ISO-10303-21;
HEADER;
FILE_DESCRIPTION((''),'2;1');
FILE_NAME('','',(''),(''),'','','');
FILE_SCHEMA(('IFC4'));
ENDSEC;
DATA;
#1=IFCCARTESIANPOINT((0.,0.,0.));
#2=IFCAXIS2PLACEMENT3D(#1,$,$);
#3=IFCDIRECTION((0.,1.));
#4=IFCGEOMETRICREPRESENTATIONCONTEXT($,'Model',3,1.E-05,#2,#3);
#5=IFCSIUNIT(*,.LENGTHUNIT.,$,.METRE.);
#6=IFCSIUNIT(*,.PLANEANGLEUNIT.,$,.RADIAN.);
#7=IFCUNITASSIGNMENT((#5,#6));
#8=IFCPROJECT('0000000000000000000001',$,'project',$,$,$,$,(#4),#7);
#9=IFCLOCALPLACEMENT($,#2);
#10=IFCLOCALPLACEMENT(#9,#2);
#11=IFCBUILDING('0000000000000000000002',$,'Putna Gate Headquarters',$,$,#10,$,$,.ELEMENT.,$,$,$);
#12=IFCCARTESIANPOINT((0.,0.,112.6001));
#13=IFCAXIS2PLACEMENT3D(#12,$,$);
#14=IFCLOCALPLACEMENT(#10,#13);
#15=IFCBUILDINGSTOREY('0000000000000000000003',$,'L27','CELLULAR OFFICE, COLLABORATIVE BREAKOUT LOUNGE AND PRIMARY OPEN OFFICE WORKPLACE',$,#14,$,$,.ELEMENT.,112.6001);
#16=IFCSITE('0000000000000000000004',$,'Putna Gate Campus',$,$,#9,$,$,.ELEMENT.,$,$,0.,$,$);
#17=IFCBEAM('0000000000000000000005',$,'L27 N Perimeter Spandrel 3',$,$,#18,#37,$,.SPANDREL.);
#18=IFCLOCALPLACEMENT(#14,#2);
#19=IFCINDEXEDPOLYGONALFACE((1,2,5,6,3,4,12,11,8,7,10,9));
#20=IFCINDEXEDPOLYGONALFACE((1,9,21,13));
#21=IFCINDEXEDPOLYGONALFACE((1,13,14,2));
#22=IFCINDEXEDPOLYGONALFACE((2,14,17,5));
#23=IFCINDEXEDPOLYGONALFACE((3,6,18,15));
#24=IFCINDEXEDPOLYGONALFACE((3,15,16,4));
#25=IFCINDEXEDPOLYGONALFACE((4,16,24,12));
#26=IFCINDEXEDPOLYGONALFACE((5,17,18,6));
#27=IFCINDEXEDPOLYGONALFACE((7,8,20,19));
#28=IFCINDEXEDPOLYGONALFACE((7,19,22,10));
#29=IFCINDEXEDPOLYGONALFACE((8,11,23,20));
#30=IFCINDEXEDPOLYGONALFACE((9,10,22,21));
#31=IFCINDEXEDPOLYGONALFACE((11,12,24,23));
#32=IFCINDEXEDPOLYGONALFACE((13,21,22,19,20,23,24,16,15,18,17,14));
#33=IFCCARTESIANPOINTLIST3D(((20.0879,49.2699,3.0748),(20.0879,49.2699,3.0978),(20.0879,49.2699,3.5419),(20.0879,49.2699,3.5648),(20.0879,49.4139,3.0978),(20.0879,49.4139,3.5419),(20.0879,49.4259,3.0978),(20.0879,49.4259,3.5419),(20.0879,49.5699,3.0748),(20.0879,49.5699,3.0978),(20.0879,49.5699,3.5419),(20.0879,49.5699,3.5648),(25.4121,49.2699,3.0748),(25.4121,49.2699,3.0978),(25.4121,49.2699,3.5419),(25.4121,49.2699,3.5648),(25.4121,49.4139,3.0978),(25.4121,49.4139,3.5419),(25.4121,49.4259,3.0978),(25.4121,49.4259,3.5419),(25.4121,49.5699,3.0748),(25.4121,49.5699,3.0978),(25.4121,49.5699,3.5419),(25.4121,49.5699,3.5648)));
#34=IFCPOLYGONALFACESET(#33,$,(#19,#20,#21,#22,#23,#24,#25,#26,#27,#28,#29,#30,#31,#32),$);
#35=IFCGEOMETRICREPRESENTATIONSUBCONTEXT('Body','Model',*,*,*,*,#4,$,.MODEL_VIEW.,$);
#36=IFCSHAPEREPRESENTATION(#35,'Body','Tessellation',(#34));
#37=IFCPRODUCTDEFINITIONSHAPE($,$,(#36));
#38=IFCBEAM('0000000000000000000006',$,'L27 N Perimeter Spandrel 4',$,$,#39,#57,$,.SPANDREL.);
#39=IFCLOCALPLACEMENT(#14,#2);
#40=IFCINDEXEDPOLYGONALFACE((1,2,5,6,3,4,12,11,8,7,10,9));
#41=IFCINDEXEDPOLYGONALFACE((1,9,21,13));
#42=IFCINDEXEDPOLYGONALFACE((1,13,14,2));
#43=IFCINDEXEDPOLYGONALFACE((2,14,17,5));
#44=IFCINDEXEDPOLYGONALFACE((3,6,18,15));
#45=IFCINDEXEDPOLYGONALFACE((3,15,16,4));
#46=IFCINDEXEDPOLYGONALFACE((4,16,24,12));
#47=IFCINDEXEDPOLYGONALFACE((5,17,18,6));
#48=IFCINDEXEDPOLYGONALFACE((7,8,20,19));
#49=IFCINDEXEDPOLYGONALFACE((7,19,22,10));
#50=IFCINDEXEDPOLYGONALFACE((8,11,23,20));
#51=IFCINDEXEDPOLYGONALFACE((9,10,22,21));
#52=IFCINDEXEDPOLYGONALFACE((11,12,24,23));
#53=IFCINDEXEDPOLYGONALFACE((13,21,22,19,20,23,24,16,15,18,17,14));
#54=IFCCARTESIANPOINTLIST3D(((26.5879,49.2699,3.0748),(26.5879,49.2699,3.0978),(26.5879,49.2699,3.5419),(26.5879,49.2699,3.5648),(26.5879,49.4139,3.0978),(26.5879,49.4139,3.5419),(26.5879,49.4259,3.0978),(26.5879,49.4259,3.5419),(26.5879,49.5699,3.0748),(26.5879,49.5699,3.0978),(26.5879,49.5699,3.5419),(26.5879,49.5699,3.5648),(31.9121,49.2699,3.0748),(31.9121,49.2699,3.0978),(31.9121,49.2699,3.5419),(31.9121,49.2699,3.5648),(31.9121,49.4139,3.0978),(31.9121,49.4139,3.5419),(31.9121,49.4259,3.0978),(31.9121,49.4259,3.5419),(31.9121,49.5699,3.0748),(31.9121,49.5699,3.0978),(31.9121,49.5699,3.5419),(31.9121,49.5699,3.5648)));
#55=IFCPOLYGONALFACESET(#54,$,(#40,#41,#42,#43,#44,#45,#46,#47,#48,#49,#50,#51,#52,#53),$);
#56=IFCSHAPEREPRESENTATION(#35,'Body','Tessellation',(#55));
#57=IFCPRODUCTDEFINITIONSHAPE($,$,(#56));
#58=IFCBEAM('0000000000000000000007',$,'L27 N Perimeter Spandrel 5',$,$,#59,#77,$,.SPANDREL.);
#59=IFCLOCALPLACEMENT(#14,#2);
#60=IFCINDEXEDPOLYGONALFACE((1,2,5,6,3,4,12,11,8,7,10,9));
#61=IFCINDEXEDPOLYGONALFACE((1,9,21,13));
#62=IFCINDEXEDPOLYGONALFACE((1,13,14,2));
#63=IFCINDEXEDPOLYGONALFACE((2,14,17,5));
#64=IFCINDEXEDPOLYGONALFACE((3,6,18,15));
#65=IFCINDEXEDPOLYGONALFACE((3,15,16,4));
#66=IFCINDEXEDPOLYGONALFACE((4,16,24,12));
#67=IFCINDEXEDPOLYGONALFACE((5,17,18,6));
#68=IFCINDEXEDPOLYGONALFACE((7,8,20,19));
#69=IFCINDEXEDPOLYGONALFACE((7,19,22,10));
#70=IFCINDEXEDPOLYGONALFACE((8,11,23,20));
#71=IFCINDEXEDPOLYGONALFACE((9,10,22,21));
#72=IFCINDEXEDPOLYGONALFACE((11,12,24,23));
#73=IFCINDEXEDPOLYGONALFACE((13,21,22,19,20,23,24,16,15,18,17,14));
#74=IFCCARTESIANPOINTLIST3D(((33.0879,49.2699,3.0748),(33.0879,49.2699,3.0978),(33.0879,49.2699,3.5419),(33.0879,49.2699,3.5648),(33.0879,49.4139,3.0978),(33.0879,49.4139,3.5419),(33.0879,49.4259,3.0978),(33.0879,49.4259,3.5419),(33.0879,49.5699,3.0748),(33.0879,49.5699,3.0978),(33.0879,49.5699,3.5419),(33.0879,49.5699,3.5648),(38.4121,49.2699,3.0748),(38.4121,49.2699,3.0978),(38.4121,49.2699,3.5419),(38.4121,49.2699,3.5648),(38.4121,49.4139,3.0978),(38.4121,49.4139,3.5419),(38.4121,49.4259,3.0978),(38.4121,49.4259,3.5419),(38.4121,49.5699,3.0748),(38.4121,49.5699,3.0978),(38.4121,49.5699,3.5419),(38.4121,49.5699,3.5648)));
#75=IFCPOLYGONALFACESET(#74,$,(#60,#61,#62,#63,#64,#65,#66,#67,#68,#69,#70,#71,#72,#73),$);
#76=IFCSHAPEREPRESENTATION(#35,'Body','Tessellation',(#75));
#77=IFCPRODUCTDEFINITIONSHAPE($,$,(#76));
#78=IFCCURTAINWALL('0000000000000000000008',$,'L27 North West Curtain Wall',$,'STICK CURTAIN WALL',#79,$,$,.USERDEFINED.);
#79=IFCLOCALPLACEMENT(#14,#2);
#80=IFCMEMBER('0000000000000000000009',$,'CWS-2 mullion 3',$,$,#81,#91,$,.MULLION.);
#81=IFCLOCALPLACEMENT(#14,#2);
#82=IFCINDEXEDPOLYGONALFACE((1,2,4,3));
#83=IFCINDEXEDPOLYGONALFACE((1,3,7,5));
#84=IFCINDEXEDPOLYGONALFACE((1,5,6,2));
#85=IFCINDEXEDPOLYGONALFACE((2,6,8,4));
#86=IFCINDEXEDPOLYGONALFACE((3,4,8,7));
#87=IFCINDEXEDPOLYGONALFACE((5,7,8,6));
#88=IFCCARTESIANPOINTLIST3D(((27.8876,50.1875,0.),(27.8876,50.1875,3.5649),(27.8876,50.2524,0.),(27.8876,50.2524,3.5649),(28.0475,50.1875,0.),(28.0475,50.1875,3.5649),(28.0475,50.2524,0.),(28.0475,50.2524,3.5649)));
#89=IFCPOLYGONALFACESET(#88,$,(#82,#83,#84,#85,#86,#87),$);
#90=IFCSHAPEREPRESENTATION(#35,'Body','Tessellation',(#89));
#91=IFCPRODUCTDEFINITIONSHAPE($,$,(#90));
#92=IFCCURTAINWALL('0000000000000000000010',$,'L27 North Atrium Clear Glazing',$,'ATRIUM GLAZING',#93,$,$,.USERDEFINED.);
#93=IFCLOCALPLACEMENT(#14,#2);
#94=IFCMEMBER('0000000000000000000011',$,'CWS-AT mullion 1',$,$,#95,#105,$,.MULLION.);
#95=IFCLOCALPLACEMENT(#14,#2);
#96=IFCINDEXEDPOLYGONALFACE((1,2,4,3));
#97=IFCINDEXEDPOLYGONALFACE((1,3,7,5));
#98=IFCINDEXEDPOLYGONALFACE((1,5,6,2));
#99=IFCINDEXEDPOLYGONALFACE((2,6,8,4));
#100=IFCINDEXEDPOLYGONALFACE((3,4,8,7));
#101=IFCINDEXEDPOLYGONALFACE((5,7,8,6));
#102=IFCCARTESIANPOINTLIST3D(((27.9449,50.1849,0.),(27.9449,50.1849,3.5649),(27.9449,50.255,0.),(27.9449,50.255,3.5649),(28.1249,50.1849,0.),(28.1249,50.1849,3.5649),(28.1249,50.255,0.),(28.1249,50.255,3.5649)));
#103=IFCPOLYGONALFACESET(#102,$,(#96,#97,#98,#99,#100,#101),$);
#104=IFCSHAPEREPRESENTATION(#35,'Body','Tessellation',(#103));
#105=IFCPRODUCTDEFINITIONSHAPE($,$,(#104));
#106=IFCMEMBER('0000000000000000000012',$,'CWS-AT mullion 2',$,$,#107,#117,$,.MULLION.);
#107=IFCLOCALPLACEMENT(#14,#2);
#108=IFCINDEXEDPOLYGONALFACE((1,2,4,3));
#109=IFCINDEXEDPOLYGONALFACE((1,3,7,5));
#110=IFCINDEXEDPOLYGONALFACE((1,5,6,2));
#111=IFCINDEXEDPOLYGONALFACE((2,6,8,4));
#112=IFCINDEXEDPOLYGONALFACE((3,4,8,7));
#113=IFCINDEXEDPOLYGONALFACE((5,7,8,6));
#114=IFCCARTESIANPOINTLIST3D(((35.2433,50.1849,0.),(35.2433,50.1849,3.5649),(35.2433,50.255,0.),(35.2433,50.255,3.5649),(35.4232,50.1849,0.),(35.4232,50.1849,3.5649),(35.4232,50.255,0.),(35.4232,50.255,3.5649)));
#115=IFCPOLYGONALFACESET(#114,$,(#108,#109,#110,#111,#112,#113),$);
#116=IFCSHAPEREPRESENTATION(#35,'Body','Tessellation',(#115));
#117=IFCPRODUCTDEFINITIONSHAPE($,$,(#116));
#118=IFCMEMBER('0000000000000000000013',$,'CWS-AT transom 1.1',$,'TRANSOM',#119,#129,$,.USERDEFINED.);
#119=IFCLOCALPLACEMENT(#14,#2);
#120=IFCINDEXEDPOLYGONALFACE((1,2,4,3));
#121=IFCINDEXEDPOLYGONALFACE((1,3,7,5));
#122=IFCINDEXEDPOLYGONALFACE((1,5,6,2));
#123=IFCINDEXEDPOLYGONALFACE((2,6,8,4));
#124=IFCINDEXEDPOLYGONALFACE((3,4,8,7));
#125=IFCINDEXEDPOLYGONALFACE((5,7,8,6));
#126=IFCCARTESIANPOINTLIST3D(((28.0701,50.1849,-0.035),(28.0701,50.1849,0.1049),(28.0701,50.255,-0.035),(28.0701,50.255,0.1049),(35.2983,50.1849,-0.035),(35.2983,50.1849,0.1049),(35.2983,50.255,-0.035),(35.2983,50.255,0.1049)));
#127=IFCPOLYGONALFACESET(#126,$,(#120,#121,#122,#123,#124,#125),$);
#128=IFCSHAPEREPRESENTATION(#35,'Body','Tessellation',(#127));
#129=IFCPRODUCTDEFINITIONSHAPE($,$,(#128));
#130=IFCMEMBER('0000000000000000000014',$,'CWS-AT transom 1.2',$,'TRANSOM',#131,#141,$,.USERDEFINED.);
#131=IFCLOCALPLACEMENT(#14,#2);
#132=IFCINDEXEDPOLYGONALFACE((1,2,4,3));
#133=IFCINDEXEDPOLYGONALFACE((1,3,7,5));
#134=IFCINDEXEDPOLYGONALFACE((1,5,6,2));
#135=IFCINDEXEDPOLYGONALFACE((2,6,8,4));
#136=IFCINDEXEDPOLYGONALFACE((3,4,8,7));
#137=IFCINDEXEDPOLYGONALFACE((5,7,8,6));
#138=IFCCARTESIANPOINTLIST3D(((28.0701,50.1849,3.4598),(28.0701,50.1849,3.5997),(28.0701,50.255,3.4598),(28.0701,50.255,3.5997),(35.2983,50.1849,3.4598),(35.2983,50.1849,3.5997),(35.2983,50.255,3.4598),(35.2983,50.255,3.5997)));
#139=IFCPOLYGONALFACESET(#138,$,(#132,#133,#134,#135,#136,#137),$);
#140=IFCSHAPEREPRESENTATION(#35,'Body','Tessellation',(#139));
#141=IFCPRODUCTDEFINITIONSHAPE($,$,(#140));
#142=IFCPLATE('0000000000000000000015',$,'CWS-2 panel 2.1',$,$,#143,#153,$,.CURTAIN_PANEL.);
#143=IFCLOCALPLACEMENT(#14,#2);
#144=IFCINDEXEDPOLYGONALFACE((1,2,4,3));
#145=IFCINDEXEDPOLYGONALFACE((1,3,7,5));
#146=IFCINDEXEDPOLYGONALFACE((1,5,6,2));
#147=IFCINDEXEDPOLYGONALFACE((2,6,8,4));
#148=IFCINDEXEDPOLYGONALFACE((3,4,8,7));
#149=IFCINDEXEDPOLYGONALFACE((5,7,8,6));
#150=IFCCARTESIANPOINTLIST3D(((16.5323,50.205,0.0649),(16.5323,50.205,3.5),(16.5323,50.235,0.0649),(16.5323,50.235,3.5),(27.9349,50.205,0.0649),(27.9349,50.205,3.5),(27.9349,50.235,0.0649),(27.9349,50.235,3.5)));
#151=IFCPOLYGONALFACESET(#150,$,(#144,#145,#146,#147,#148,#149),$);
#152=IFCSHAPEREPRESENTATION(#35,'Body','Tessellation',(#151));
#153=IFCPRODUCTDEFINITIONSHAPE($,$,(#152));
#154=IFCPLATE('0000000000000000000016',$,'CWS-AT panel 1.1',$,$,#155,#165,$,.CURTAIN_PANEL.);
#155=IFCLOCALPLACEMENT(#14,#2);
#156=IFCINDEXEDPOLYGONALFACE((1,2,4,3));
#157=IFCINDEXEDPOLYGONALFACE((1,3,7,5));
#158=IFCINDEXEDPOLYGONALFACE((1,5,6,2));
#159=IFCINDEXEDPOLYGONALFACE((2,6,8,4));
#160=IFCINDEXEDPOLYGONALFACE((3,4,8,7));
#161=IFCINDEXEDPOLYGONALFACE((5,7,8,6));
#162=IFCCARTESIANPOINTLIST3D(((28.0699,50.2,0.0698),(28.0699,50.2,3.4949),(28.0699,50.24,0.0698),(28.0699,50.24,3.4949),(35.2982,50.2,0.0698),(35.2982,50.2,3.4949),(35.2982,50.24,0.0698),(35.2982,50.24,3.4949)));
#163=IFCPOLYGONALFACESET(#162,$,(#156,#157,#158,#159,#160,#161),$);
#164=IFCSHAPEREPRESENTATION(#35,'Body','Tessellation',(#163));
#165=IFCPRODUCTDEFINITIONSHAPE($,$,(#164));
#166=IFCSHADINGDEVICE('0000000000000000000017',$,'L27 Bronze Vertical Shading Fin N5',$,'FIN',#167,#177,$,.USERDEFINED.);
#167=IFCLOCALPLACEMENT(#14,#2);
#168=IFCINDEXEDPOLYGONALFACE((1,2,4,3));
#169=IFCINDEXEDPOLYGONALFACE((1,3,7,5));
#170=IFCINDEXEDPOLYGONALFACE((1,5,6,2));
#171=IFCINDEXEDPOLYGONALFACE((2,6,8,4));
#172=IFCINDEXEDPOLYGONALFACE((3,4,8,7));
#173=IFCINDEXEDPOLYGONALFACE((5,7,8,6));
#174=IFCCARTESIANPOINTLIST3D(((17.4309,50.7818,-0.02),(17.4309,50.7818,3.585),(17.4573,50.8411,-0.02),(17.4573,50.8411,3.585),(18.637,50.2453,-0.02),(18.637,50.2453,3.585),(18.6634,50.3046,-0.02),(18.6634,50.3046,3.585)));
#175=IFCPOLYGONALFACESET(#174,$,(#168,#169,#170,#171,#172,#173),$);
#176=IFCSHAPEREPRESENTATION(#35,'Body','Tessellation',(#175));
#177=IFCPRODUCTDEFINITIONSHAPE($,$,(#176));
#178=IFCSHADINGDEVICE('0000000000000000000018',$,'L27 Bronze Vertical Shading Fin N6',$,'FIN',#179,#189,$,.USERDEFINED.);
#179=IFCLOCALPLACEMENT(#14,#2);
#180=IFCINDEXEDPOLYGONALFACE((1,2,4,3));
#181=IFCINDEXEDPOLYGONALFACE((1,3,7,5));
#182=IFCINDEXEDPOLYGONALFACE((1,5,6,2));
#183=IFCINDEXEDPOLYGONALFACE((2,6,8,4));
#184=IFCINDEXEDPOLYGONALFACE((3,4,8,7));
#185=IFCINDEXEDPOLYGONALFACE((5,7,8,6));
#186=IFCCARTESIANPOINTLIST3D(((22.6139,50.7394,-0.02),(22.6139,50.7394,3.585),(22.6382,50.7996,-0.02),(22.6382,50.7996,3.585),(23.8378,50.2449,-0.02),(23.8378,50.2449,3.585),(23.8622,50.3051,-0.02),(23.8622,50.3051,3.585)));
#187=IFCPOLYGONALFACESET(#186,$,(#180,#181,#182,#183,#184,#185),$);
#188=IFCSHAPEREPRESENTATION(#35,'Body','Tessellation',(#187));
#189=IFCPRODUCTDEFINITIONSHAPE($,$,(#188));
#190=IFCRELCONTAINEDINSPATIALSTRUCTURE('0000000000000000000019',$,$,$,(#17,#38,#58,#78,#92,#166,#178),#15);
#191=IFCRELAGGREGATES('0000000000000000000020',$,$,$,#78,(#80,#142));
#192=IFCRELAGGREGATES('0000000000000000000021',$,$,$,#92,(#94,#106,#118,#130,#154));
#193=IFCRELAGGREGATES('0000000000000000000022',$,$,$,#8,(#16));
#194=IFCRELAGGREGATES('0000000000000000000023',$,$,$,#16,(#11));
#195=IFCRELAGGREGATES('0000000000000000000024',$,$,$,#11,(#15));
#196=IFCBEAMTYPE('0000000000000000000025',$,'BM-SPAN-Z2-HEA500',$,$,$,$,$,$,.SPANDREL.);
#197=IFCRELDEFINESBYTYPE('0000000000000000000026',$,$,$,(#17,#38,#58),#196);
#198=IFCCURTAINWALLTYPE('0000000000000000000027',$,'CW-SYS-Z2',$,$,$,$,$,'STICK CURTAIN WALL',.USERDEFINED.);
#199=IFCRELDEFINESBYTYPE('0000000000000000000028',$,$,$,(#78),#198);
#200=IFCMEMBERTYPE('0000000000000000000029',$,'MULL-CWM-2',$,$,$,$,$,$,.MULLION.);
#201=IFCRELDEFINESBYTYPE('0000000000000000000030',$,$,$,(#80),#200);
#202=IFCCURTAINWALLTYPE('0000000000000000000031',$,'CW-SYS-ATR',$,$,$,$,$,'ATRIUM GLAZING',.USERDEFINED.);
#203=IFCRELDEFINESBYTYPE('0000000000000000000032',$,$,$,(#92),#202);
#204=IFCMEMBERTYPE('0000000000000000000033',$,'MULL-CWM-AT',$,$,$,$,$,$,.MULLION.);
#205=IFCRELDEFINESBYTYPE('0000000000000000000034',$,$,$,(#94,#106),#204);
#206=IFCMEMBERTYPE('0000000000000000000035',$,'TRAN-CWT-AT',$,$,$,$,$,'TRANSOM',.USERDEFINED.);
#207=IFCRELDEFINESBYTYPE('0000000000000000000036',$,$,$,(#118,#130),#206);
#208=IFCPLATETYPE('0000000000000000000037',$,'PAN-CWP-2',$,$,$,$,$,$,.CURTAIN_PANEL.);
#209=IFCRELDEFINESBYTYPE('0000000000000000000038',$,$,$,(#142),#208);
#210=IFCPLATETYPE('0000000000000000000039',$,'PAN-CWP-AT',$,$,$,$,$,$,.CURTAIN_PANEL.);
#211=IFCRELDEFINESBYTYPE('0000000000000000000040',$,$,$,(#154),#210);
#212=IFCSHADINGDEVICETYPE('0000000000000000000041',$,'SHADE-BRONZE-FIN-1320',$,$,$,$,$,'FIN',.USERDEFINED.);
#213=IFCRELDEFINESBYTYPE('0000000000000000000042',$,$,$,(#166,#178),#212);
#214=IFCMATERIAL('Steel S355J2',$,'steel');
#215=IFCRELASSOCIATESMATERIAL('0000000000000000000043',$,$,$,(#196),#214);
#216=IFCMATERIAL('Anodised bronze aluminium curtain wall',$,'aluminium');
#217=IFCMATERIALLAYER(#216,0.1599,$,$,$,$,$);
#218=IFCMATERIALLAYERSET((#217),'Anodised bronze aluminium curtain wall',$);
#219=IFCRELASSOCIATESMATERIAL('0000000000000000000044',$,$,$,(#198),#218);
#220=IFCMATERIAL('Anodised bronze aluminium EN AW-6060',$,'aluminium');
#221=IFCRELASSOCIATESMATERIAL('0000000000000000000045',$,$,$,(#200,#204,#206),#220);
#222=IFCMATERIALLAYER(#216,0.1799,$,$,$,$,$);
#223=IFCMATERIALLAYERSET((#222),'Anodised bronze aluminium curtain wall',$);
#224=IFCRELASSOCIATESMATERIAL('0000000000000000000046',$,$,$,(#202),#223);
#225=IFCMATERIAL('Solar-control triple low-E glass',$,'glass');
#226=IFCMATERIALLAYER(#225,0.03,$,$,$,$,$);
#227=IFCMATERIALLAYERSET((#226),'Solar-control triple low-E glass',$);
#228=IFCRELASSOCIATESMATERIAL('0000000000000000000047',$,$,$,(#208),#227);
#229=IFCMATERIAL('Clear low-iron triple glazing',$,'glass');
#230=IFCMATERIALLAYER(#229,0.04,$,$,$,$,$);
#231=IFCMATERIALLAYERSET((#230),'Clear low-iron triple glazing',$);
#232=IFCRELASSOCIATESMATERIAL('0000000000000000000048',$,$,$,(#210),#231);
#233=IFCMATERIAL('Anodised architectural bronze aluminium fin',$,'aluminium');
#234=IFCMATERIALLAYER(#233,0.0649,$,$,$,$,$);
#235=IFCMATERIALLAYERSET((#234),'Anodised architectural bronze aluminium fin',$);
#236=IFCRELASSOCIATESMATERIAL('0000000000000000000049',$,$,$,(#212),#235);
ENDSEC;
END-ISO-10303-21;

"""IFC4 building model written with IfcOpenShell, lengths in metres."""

from ifc_helpers import new_model, si_unit, direction, frame, origin, origin_2d, place, context, subcontext, project, spatial, rectangle, i_section, extrude, material, layer, layer_set, material_profile, profile_set, type_object, element, aggregate, save


model = new_model("IFC4")

# Units and contexts
model_context = context("Model", 3, precision=1e-05, world=origin(), true_north=direction((0.0, 1.0)))
body_context = subcontext(model_context, "Body", "Model", "MODEL_VIEW")
ifc_project = project(units=[si_unit("LENGTHUNIT", "METRE"), si_unit("PLANEANGLEUNIT", "RADIAN")], contexts=[model_context])

# Site, building, storey
site_placement = place(None, origin())
site = spatial("IfcSite", under=ifc_project, at=site_placement, Name="Putna Gate Campus", CompositionType="ELEMENT", RefElevation=0.0)
building_placement = place(site_placement, origin())
building = spatial("IfcBuilding", under=site, at=building_placement, Name="Putna Gate Headquarters", CompositionType="ELEMENT")
storey_placement = place(building_placement, frame((0.0, 0.0, 112.6001)))
storey = spatial("IfcBuildingStorey", under=building, at=storey_placement, Name="L27", Description="CELLULAR OFFICE, COLLABORATIVE BREAKOUT LOUNGE AND PRIMARY OPEN OFFICE WORKPLACE", CompositionType="ELEMENT", Elevation=112.6001)

# Beams
ifc_material_1 = material(Name="Steel S355J2", Category="steel")
ifc_material_profile_1 = material_profile(ifc_material_1, i_section(OverallWidth=0.3, OverallDepth=0.49, WebThickness=0.012, FlangeThickness=0.0229, at=origin_2d()), Name="Steel S355J2")
ifc_profile_set_1 = profile_set([ifc_material_profile_1], Name="Steel S355J2")
beam_type_1 = type_object("IfcBeamType", Name="BM-SPAN-Z2-HEA500", PredefinedType="SPANDREL", material=ifc_profile_set_1)
for number, where, z_axis, x_axis, name in (
    (1, (20.0879, 49.4199, 3.3198), (1.0, 0.0, 0.0), (0.0, 1.0, 0.0), "L27 N Perimeter Spandrel 3"),
    (2, (26.5879, 49.4199, 3.3198), (1.0, 0.0, 0.0), (0.0, 1.0, 0.0), "L27 N Perimeter Spandrel 4"),
    (3, (33.0879, 49.4199, 3.3198), (1.0, 0.0, 0.0), (0.0, 1.0, 0.0), "L27 N Perimeter Spandrel 5"),
):
    element("IfcBeam", number, at=place(storey_placement, frame(where, z_axis=z_axis, x_axis=x_axis)), inside=storey, type_object=beam_type_1, Name=name, PredefinedType="SPANDREL", context=body_context, shape_type="SweptSolid", body=[
        extrude(i_section(OverallWidth=0.3, OverallDepth=0.49, WebThickness=0.012, FlangeThickness=0.0229, at=origin_2d()), origin(), (0.0, 0.0, 1.0), 5.3242),
    ])

# Curtain wall, member
ifc_material_2 = material(Name="Anodised bronze aluminium curtain wall", Category="aluminium")
ifc_layer_1 = layer(ifc_material_2, 0.1599)
ifc_layer_set_1 = layer_set([ifc_layer_1], Name="Anodised bronze aluminium curtain wall")
curtain_wall_type_1 = type_object("IfcCurtainWallType", Name="CW-SYS-Z2", ElementType="STICK CURTAIN WALL", PredefinedType="USERDEFINED", material=ifc_layer_set_1)
curtain_wall_1_placement = place(storey_placement, origin())
curtain_wall_1 = element("IfcCurtainWall", 4, at=curtain_wall_1_placement, inside=storey, type_object=curtain_wall_type_1, Name="L27 North West Curtain Wall", ObjectType="STICK CURTAIN WALL", PredefinedType="USERDEFINED")
ifc_material_3 = material(Name="Anodised bronze aluminium EN AW-6060", Category="aluminium")
ifc_material_profile_2 = material_profile(ifc_material_3, rectangle(XDim=0.0649, YDim=0.1599, at=origin_2d()), Name="Anodised bronze aluminium EN AW-6060")
ifc_profile_set_2 = profile_set([ifc_material_profile_2], Name="Anodised bronze aluminium EN AW-6060")
member_type_1 = type_object("IfcMemberType", Name="MULL-CWM-2", PredefinedType="MULLION", material=ifc_profile_set_2)
member_1_placement = place(storey_placement, frame((27.9675, 50.22, 0.0), z_axis=(0.0, 0.0, 1.0), x_axis=(0.0, 1.0, 0.0)))
member_1 = element("IfcMember", 5, at=member_1_placement, type_object=member_type_1, Name="CWS-2 mullion 3", PredefinedType="MULLION", context=body_context, shape_type="SweptSolid", body=[
    extrude(rectangle(XDim=0.0649, YDim=0.1599, at=origin_2d()), origin(), (0.0, 0.0, 1.0), 3.5649),
])

# Curtain wall, members
ifc_layer_2 = layer(ifc_material_2, 0.1799)
ifc_layer_set_2 = layer_set([ifc_layer_2], Name="Anodised bronze aluminium curtain wall")
curtain_wall_type_2 = type_object("IfcCurtainWallType", Name="CW-SYS-ATR", ElementType="ATRIUM GLAZING", PredefinedType="USERDEFINED", material=ifc_layer_set_2)
curtain_wall_2_placement = place(storey_placement, origin())
curtain_wall_2 = element("IfcCurtainWall", 6, at=curtain_wall_2_placement, inside=storey, type_object=curtain_wall_type_2, Name="L27 North Atrium Clear Glazing", ObjectType="ATRIUM GLAZING", PredefinedType="USERDEFINED")
ifc_material_profile_3 = material_profile(ifc_material_3, rectangle(XDim=0.0701, YDim=0.1799, at=origin_2d()), Name="Anodised bronze aluminium EN AW-6060")
ifc_profile_set_3 = profile_set([ifc_material_profile_3], Name="Anodised bronze aluminium EN AW-6060")
member_type_2 = type_object("IfcMemberType", Name="MULL-CWM-AT", PredefinedType="MULLION", material=ifc_profile_set_3)
member_2_placement = place(storey_placement, frame((28.0349, 50.22, 0.0), z_axis=(0.0, 0.0, 1.0), x_axis=(0.0, 1.0, 0.0)))
member_2 = element("IfcMember", 7, at=member_2_placement, type_object=member_type_2, Name="CWS-AT mullion 1", PredefinedType="MULLION", context=body_context, shape_type="SweptSolid", body=[
    extrude(rectangle(XDim=0.0701, YDim=0.1799, at=origin_2d()), origin(), (0.0, 0.0, 1.0), 3.5649),
])
member_3_placement = place(storey_placement, frame((35.3333, 50.22, 0.0), z_axis=(0.0, 0.0, 1.0), x_axis=(0.0, 1.0, 0.0)))
member_3 = element("IfcMember", 8, at=member_3_placement, type_object=member_type_2, Name="CWS-AT mullion 2", PredefinedType="MULLION", context=body_context, shape_type="SweptSolid", body=[
    extrude(rectangle(XDim=0.0701, YDim=0.1799, at=origin_2d()), origin(), (0.0, 0.0, 1.0), 3.5649),
])
ifc_material_profile_4 = material_profile(ifc_material_3, rectangle(XDim=0.0701, YDim=0.1399, at=origin_2d()), Name="Anodised bronze aluminium EN AW-6060")
ifc_profile_set_4 = profile_set([ifc_material_profile_4], Name="Anodised bronze aluminium EN AW-6060")
member_type_3 = type_object("IfcMemberType", Name="TRAN-CWT-AT", ElementType="TRANSOM", PredefinedType="USERDEFINED", material=ifc_profile_set_4)
member_4_placement = place(storey_placement, frame((28.0701, 50.22, 0.0349), z_axis=(1.0, 0.0, 0.0), x_axis=(0.0, 1.0, 0.0)))
member_4 = element("IfcMember", 9, at=member_4_placement, type_object=member_type_3, Name="CWS-AT transom 1.1", ObjectType="TRANSOM", PredefinedType="USERDEFINED", context=body_context, shape_type="SweptSolid", body=[
    extrude(rectangle(XDim=0.0701, YDim=0.1399, at=origin_2d()), origin(), (0.0, 0.0, 1.0), 7.2283),
])
member_5_placement = place(storey_placement, frame((28.0701, 50.22, 3.5298), z_axis=(1.0, 0.0, 0.0), x_axis=(0.0, 1.0, 0.0)))
member_5 = element("IfcMember", 10, at=member_5_placement, type_object=member_type_3, Name="CWS-AT transom 1.2", ObjectType="TRANSOM", PredefinedType="USERDEFINED", context=body_context, shape_type="SweptSolid", body=[
    extrude(rectangle(XDim=0.0701, YDim=0.1399, at=origin_2d()), origin(), (0.0, 0.0, 1.0), 7.2283),
])

# Plates
ifc_material_4 = material(Name="Solar-control triple low-E glass", Category="glass")
ifc_layer_3 = layer(ifc_material_4, 0.03)
ifc_layer_set_3 = layer_set([ifc_layer_3], Name="Solar-control triple low-E glass")
plate_type_1 = type_object("IfcPlateType", Name="PAN-CWP-2", PredefinedType="CURTAIN_PANEL", material=ifc_layer_set_3)
plate_1_placement = place(storey_placement, frame((22.2336, 50.22, 0.0649), z_axis=(0.0, 0.0, 1.0), x_axis=(1.0, 0.0, 0.0)))
plate_1 = element("IfcPlate", 11, at=plate_1_placement, type_object=plate_type_1, Name="CWS-2 panel 2.1", PredefinedType="CURTAIN_PANEL", context=body_context, shape_type="SweptSolid", body=[
    extrude(rectangle(XDim=11.4026, YDim=0.03, at=origin_2d()), origin(), (0.0, 0.0, 1.0), 3.4351),
])
aggregate(curtain_wall_1, [member_1, plate_1])
ifc_material_5 = material(Name="Clear low-iron triple glazing", Category="glass")
ifc_layer_4 = layer(ifc_material_5, 0.04)
ifc_layer_set_4 = layer_set([ifc_layer_4], Name="Clear low-iron triple glazing")
plate_type_2 = type_object("IfcPlateType", Name="PAN-CWP-AT", PredefinedType="CURTAIN_PANEL", material=ifc_layer_set_4)
plate_2_placement = place(storey_placement, frame((31.6841, 50.22, 0.0698), z_axis=(0.0, 0.0, 1.0), x_axis=(1.0, 0.0, 0.0)))
plate_2 = element("IfcPlate", 12, at=plate_2_placement, type_object=plate_type_2, Name="CWS-AT panel 1.1", PredefinedType="CURTAIN_PANEL", context=body_context, shape_type="SweptSolid", body=[
    extrude(rectangle(XDim=7.2283, YDim=0.04, at=origin_2d()), origin(), (0.0, 0.0, 1.0), 3.425),
])
aggregate(curtain_wall_2, [member_2, member_3, member_4, member_5, plate_2])

# Shading devices
ifc_material_6 = material(Name="Anodised architectural bronze aluminium fin", Category="aluminium")
ifc_layer_5 = layer(ifc_material_6, 0.0649)
ifc_layer_set_5 = layer_set([ifc_layer_5], Name="Anodised architectural bronze aluminium fin")
shading_device_type = type_object("IfcShadingDeviceType", Name="SHADE-BRONZE-FIN-1320", ElementType="FIN", PredefinedType="USERDEFINED", material=ifc_layer_set_5)
for number, where, z_axis, x_axis, name in (
    (13, (18.0471, 50.5432, -0.02), (0.0, 0.0, 1.0), (-0.913687, 0.406418, 0.0), "L27 Bronze Vertical Shading Fin N5"),
    (14, (23.238, 50.5222, -0.02), (0.0, 0.0, 1.0), (-0.927184, 0.374607, 0.0), "L27 Bronze Vertical Shading Fin N6"),
):
    element("IfcShadingDevice", number, at=place(storey_placement, frame(where, z_axis=z_axis, x_axis=x_axis)), inside=storey, type_object=shading_device_type, Name=name, ObjectType="FIN", PredefinedType="USERDEFINED", context=body_context, shape_type="SweptSolid", body=[
        extrude(rectangle(XDim=1.3201, YDim=0.0649, at=origin_2d()), origin(), (0.0, 0.0, 1.0), 3.605),
    ])

save(model, "model.ifc")
